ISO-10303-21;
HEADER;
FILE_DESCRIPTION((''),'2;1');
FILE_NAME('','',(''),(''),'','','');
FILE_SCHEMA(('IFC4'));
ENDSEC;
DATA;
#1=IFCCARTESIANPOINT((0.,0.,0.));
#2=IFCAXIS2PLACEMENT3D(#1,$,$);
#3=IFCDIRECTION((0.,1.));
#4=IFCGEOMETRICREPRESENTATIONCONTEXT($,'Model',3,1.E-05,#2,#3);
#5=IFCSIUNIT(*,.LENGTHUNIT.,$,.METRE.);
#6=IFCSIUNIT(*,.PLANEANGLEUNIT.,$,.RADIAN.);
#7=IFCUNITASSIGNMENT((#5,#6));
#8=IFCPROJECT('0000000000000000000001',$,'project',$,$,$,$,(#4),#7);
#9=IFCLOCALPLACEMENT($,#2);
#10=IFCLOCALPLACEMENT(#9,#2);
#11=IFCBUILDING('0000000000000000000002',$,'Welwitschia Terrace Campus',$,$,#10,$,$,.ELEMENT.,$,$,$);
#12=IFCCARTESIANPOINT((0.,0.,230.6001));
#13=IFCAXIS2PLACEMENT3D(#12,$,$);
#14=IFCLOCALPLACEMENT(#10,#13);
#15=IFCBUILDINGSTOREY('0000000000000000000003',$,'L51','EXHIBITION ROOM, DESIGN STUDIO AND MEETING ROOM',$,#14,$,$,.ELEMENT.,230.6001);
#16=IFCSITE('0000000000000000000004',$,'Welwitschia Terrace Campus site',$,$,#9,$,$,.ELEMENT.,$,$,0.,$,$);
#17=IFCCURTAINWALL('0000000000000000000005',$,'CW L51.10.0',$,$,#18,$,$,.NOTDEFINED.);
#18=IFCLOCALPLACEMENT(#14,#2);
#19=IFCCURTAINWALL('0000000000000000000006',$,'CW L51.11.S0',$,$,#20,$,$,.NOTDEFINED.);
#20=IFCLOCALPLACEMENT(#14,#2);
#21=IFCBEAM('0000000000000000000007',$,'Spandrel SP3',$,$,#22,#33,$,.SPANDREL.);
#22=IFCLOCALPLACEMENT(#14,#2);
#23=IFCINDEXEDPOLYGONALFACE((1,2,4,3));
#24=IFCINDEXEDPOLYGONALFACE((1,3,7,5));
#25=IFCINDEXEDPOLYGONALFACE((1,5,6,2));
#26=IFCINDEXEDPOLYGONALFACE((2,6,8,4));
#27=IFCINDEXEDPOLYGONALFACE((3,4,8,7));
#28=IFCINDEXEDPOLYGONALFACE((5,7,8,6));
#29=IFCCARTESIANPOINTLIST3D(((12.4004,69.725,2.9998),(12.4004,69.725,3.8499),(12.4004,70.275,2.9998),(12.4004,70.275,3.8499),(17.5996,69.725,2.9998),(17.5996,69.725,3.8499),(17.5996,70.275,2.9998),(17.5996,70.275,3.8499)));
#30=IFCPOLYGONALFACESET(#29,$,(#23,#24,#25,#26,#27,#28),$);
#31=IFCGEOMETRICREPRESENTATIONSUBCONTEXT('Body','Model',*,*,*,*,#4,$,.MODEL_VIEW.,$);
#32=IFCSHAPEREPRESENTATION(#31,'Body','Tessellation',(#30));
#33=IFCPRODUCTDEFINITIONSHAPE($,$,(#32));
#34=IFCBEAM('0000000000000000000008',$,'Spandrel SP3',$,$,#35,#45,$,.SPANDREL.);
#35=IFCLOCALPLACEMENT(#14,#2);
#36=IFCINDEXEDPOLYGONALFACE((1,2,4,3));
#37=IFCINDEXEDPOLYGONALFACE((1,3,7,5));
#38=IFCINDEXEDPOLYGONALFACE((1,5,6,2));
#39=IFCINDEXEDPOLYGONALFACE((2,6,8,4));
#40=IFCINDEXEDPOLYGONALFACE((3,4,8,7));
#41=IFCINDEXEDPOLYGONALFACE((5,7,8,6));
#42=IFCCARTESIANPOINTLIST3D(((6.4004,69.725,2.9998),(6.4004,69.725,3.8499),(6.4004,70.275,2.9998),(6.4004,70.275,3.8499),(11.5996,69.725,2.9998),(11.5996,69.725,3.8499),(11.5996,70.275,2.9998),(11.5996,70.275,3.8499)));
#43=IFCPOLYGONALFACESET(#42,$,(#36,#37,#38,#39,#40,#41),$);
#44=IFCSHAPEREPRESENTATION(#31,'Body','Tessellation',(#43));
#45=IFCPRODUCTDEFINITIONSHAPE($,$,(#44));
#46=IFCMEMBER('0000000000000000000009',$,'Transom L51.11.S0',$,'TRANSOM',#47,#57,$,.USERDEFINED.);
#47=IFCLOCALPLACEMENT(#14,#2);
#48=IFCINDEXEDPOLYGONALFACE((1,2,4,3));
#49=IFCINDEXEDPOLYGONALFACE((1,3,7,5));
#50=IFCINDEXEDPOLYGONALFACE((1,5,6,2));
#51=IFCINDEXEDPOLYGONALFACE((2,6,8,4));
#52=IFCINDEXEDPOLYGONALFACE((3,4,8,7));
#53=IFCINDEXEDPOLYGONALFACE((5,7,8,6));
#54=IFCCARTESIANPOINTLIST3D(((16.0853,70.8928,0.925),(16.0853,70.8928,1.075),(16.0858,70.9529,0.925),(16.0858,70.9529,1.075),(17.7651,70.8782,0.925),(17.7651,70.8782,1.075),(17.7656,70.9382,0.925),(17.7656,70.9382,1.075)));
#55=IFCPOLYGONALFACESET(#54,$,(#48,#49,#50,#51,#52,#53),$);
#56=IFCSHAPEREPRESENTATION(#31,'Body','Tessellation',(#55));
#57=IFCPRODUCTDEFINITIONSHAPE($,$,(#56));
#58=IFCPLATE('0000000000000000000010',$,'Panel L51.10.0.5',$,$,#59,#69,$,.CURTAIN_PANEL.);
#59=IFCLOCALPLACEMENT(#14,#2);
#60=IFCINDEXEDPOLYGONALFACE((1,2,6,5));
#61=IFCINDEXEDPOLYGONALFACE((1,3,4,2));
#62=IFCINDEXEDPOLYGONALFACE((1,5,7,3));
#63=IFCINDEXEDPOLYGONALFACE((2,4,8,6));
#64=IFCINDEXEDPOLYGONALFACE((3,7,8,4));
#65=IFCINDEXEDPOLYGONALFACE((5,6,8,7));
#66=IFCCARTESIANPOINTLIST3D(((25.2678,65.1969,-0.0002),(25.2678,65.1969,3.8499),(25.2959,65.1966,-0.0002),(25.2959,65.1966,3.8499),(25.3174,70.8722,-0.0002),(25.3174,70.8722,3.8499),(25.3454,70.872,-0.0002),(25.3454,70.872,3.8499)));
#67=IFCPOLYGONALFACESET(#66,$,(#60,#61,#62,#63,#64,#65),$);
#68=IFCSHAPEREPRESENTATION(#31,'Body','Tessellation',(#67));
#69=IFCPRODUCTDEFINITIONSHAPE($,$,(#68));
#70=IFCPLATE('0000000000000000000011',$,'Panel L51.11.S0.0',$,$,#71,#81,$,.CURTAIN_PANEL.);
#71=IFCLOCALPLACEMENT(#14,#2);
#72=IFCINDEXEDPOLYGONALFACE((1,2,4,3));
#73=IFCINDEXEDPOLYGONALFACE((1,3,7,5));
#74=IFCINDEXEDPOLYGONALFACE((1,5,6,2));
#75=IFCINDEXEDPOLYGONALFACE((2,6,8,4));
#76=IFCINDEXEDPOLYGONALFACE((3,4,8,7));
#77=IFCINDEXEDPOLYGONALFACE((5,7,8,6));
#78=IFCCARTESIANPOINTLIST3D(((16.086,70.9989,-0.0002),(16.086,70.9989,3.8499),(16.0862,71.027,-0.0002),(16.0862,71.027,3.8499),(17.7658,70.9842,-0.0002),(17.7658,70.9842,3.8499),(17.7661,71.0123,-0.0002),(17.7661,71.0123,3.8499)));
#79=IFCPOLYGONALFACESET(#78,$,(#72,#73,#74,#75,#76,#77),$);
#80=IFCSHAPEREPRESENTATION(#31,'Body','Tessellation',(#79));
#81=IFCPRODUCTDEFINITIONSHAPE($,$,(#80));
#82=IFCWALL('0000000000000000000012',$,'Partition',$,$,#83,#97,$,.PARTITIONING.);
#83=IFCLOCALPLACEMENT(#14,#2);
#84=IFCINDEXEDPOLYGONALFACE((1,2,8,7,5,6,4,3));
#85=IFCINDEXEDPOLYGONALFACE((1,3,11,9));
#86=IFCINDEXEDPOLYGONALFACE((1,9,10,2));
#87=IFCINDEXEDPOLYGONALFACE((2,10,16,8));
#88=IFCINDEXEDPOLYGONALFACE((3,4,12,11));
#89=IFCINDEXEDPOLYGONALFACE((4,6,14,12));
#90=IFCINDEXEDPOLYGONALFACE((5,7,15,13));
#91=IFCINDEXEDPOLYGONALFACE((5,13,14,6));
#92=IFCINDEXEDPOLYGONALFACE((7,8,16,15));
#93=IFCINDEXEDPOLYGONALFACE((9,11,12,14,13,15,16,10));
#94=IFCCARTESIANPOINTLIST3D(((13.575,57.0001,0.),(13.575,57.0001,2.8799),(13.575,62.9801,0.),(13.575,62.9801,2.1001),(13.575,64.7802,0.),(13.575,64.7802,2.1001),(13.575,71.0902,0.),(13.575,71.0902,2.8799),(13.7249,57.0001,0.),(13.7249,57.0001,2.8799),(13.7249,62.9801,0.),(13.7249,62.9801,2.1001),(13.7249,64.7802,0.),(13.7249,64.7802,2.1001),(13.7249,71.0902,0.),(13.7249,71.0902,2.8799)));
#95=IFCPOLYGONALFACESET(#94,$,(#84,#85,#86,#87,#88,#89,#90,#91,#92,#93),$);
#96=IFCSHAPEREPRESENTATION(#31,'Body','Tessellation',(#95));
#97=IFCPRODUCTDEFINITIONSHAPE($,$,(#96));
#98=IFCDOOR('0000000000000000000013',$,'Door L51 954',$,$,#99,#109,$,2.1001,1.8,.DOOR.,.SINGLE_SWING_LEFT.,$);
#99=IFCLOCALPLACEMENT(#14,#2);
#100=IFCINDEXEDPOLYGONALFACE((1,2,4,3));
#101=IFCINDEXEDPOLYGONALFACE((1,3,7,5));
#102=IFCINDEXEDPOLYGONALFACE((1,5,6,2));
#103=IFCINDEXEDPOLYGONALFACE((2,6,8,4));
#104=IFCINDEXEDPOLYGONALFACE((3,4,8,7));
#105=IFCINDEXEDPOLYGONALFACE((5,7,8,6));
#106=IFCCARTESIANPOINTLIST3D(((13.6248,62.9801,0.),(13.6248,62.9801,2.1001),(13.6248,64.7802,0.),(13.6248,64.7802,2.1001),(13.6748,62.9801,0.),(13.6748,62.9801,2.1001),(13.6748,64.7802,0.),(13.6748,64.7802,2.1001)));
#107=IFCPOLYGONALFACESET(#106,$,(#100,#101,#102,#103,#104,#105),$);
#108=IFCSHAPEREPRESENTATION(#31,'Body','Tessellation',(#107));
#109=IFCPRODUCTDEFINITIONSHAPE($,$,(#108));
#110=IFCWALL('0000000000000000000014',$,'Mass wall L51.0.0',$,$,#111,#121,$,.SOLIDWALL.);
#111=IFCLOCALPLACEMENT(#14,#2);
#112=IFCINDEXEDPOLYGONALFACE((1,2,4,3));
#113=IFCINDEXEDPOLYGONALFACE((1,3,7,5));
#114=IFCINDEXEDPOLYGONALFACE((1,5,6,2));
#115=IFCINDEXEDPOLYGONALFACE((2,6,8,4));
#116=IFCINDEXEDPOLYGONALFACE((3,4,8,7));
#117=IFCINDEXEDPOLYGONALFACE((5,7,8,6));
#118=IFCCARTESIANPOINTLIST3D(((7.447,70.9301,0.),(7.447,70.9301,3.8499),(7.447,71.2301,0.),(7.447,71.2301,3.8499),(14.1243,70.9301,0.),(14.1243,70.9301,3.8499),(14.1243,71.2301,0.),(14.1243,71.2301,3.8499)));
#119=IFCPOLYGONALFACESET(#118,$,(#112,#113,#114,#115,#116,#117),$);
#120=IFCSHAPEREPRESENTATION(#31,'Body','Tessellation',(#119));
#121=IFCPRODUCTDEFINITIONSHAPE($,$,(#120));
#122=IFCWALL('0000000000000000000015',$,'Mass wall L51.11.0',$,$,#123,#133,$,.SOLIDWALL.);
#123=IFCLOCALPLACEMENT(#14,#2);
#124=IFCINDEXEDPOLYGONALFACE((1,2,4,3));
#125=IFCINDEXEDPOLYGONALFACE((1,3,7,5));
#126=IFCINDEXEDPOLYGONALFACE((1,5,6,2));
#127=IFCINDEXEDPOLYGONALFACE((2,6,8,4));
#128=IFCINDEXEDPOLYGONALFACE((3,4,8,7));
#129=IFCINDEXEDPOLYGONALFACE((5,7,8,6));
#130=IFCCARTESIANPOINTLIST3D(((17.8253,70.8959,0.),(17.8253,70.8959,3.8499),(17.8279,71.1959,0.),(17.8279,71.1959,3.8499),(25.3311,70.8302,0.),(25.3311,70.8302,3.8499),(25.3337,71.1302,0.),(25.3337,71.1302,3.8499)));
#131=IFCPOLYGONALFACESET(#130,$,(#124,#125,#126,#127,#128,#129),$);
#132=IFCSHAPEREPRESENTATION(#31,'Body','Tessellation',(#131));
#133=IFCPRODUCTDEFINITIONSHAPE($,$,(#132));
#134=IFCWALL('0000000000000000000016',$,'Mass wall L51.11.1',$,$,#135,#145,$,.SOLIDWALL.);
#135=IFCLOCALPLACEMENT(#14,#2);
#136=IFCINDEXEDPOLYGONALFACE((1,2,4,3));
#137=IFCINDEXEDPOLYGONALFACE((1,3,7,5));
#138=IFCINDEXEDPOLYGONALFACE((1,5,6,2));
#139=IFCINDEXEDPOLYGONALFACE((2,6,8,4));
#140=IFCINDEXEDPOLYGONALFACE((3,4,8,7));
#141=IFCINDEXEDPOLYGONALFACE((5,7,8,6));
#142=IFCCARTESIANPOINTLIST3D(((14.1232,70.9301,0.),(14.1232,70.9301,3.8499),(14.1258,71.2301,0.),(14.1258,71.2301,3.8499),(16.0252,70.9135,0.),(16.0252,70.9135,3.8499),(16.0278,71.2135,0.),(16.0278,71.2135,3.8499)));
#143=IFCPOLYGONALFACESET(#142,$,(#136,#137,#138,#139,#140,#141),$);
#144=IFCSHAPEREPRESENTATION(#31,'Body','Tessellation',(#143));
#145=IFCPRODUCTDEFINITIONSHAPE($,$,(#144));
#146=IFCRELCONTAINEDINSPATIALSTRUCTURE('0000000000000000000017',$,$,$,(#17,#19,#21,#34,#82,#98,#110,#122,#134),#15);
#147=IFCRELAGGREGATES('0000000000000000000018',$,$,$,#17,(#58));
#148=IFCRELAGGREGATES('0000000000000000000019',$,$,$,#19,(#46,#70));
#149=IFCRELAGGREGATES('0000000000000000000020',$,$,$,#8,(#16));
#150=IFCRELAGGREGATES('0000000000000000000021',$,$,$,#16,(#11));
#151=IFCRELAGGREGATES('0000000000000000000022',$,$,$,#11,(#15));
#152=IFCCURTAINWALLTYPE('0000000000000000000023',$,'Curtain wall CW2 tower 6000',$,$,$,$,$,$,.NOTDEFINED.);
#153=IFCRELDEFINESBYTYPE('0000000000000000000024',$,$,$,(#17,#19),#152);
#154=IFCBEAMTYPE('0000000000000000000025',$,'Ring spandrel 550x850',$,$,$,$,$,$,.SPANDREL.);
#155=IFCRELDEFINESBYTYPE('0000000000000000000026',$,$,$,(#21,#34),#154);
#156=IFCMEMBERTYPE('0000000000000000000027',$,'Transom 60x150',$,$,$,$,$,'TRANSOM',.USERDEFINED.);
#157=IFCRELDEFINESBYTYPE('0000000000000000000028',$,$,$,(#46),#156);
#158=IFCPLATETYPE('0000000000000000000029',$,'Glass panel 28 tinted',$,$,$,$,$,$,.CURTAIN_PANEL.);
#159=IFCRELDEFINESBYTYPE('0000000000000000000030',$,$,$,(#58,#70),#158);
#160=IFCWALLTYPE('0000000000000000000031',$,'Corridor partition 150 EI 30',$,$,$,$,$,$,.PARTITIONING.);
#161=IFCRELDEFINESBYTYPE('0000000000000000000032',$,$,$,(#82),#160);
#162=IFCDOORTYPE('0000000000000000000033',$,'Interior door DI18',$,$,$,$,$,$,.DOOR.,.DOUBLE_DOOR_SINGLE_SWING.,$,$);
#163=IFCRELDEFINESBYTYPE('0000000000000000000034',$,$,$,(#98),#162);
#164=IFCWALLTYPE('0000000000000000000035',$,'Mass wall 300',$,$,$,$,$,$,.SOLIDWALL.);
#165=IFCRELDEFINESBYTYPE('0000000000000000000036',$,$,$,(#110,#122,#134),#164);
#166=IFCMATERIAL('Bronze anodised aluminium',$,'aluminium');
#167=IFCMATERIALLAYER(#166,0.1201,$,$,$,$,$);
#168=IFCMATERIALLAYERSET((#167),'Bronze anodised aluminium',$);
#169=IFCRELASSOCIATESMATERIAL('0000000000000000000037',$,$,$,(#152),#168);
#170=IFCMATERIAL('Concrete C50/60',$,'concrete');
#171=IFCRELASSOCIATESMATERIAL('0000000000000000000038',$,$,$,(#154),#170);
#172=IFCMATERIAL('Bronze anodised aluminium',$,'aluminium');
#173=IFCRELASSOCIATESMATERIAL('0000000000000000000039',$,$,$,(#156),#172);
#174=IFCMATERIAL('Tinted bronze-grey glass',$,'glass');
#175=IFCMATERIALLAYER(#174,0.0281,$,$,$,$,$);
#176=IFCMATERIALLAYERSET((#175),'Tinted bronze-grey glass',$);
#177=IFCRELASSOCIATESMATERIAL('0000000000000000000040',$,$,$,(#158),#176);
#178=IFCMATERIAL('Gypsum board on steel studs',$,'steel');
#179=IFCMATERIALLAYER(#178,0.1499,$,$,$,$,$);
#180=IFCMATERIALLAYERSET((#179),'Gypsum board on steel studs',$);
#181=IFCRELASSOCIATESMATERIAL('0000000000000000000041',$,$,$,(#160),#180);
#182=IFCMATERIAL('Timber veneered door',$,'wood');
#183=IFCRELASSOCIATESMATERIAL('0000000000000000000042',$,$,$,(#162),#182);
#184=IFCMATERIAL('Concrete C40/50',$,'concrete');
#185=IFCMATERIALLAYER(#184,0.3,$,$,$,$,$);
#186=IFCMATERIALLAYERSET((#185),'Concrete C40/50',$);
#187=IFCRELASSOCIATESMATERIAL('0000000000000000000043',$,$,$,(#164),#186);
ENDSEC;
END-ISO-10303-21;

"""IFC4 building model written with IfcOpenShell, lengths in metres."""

from ifc_helpers import new_model, si_unit, direction, frame, frame_2d, origin, origin_2d, place, context, subcontext, project, spatial, rectangle, extrude, material, layer, layer_set, material_profile, profile_set, type_object, element, fill, aggregate, save


model = new_model("IFC4")

# Units and contexts
model_context = context("Model", 3, precision=1e-05, world=origin(), true_north=direction((0.0, 1.0)))
body_context = subcontext(model_context, "Body", "Model", "MODEL_VIEW")
ifc_project = project(units=[si_unit("LENGTHUNIT", "METRE"), si_unit("PLANEANGLEUNIT", "RADIAN")], contexts=[model_context])

# Site, building, storey
site_placement = place(None, origin())
site = spatial("IfcSite", under=ifc_project, at=site_placement, Name="Welwitschia Terrace Campus site", CompositionType="ELEMENT", RefElevation=0.0)
building_placement = place(site_placement, origin())
building = spatial("IfcBuilding", under=site, at=building_placement, Name="Welwitschia Terrace Campus", CompositionType="ELEMENT")
storey_placement = place(building_placement, frame((0.0, 0.0, 230.6001)))
storey = spatial("IfcBuildingStorey", under=building, at=storey_placement, Name="L51", Description="EXHIBITION ROOM, DESIGN STUDIO AND MEETING ROOM", CompositionType="ELEMENT", Elevation=230.6001)

# Curtain walls
ifc_material_1 = material(Name="Bronze anodised aluminium", Category="aluminium")
ifc_layer_1 = layer(ifc_material_1, 0.1201)
ifc_layer_set_1 = layer_set([ifc_layer_1], Name="Bronze anodised aluminium")
curtain_wall_type = type_object("IfcCurtainWallType", Name="Curtain wall CW2 tower 6000", PredefinedType="NOTDEFINED", material=ifc_layer_set_1)
curtain_wall_1_placement = place(storey_placement, origin())
curtain_wall_1 = element("IfcCurtainWall", 1, at=curtain_wall_1_placement, inside=storey, type_object=curtain_wall_type, Name="CW L51.10.0", PredefinedType="NOTDEFINED")
curtain_wall_2_placement = place(storey_placement, origin())
curtain_wall_2 = element("IfcCurtainWall", 2, at=curtain_wall_2_placement, inside=storey, type_object=curtain_wall_type, Name="CW L51.11.S0", PredefinedType="NOTDEFINED")

# Beams
ifc_material_2 = material(Name="Concrete C50/60", Category="concrete")
ifc_material_profile_1 = material_profile(ifc_material_2, rectangle(XDim=0.55, YDim=0.8501, at=origin_2d()))
ifc_profile_set_1 = profile_set([ifc_material_profile_1], Name="Concrete C50/60")
beam_type_1 = type_object("IfcBeamType", Name="Ring spandrel 550x850", PredefinedType="SPANDREL", material=ifc_profile_set_1)
for number, where, z_axis, x_axis, name in (
    (3, (17.5996, 70.0, 3.4248), (-1.0, 0.0, 0.0), (0.0, -1.0, 0.0), "Spandrel SP3"),
    (4, (11.5996, 70.0, 3.4248), (-1.0, 0.0, 0.0), (0.0, -1.0, 0.0), "Spandrel SP3"),
):
    element("IfcBeam", number, at=place(storey_placement, frame(where, z_axis=z_axis, x_axis=x_axis)), inside=storey, type_object=beam_type_1, Name=name, PredefinedType="SPANDREL", context=body_context, shape_type="SweptSolid", body=[
        extrude(rectangle(XDim=0.55, YDim=0.8501, at=origin_2d()), origin(), (0.0, 0.0, 1.0), 5.1992),
    ])

# Member
ifc_material_3 = material(Name="Bronze anodised aluminium", Category="aluminium")
ifc_material_profile_2 = material_profile(ifc_material_3, rectangle(XDim=0.0601, YDim=0.1499, at=origin_2d()))
ifc_profile_set_2 = profile_set([ifc_material_profile_2], Name="Bronze anodised aluminium")
member_type_1 = type_object("IfcMemberType", Name="Transom 60x150", ElementType="TRANSOM", PredefinedType="USERDEFINED", material=ifc_profile_set_2)
member_1_placement = place(storey_placement, frame((17.7654, 70.9082, 1.0), z_axis=(-0.999962, 0.008719, 0.0), x_axis=(-0.008719, -0.999962, 0.0)))
member_1 = element("IfcMember", 5, at=member_1_placement, type_object=member_type_1, Name="Transom L51.11.S0", ObjectType="TRANSOM", PredefinedType="USERDEFINED", context=body_context, shape_type="SweptSolid", body=[
    extrude(rectangle(XDim=0.0601, YDim=0.1499, at=origin_2d()), origin(), (0.0, 0.0, 1.0), 1.6799),
])

# Plates
ifc_material_4 = material(Name="Tinted bronze-grey glass", Category="glass")
ifc_layer_2 = layer(ifc_material_4, 0.0281)
ifc_layer_set_2 = layer_set([ifc_layer_2], Name="Tinted bronze-grey glass")
plate_type = type_object("IfcPlateType", Name="Glass panel 28 tinted", PredefinedType="CURTAIN_PANEL", material=ifc_layer_set_2)
plate_1_placement = place(storey_placement, frame((25.3066, 68.0344, -0.0002), z_axis=(0.0, 0.0, 1.0), x_axis=(0.008727, 0.999962, 0.0)))
plate_1 = element("IfcPlate", 6, at=plate_1_placement, type_object=plate_type, Name="Panel L51.10.0.5", PredefinedType="CURTAIN_PANEL", context=body_context, shape_type="SweptSolid", body=[
    extrude(rectangle(XDim=5.6755, YDim=0.0281, at=origin_2d()), origin(), (0.0, 0.0, 1.0), 3.8501),
])
aggregate(curtain_wall_1, [plate_1])
plate_2_placement = place(storey_placement, frame((16.926, 71.0056, -0.0002), z_axis=(0.0, 0.0, 1.0), x_axis=(-0.999962, 0.008727, 0.0)))
plate_2 = element("IfcPlate", 7, at=plate_2_placement, type_object=plate_type, Name="Panel L51.11.S0.0", PredefinedType="CURTAIN_PANEL", context=body_context, shape_type="SweptSolid", body=[
    extrude(rectangle(XDim=1.6799, YDim=0.0281, at=origin_2d()), origin(), (0.0, 0.0, 1.0), 3.8501),
])
aggregate(curtain_wall_2, [member_1, plate_2])

# Wall, opening, door
ifc_material_5 = material(Name="Gypsum board on steel studs", Category="steel")
ifc_layer_3 = layer(ifc_material_5, 0.1499)
ifc_layer_set_3 = layer_set([ifc_layer_3], Name="Gypsum board on steel studs")
wall_type_1 = type_object("IfcWallType", Name="Corridor partition 150 EI 30", PredefinedType="PARTITIONING", material=ifc_layer_set_3)
wall_1_placement = place(storey_placement, frame((13.6499, 71.0901, 0.0), z_axis=(0.0, 0.0, 1.0), x_axis=(0.0, -1.0, 0.0)))
wall_1 = element("IfcWall", 8, at=wall_1_placement, inside=storey, type_object=wall_type_1, Name="Partition", PredefinedType="PARTITIONING", context=body_context, shape_type="SweptSolid", body=[
    extrude(rectangle(XDim=14.0901, YDim=0.1499, at=frame_2d((7.0449, 0.0))), origin(), (0.0, 0.0, 1.0), 2.8799),
])
opening_placement = place(wall_1_placement, frame((6.3101, 0.0, 0.0)))
opening = element("IfcOpeningElement", 9, at=opening_placement, cuts=wall_1, PredefinedType="OPENING", context=body_context, shape_type="SweptSolid", body=[
    extrude(rectangle(XDim=1.8, YDim=2.1001, at=frame_2d((0.8999, 1.05))), frame((0.0, 0.085, 0.0), z_axis=(0.0, -1.0, 0.0), x_axis=(1.0, 0.0, 0.0)), (0.0, 0.0, 1.0), 0.1699),
])
ifc_material_6 = material(Name="Timber veneered door", Category="wood")
door_type = type_object("IfcDoorType", Name="Interior door DI18", OperationType="DOUBLE_DOOR_SINGLE_SWING", PredefinedType="DOOR", material=ifc_material_6)
door_placement = place(opening_placement, origin())
door = element("IfcDoor", 10, at=door_placement, inside=storey, type_object=door_type, Name="Door L51 954", OperationType="SINGLE_SWING_LEFT", OverallHeight=2.1001, OverallWidth=1.8, PredefinedType="DOOR", context=body_context, shape_type="SweptSolid", body=[
    extrude(rectangle(XDim=1.8, YDim=2.1001, at=frame_2d((0.8999, 1.05))), frame((0.0, 0.0249, 0.0), z_axis=(0.0, -1.0, 0.0), x_axis=(1.0, 0.0, 0.0)), (0.0, 0.0, 1.0), 0.05),
])
fill(opening, door)

# Walls
ifc_material_7 = material(Name="Concrete C40/50", Category="concrete")
ifc_layer_4 = layer(ifc_material_7, 0.3)
ifc_layer_set_4 = layer_set([ifc_layer_4], Name="Concrete C40/50")
wall_type_2 = type_object("IfcWallType", Name="Mass wall 300", PredefinedType="SOLIDWALL", material=ifc_layer_set_4)
wall_2_placement = place(storey_placement, frame((14.1243, 71.0801, 0.0), z_axis=(0.0, 0.0, 1.0), x_axis=(-1.0, 0.0, 0.0)))
element("IfcWall", 11, at=wall_2_placement, inside=storey, type_object=wall_type_2, Name="Mass wall L51.0.0", PredefinedType="SOLIDWALL", context=body_context, shape_type="SweptSolid", body=[
    extrude(rectangle(XDim=6.6772, YDim=0.3, at=frame_2d((3.3386, 0.0))), origin(), (0.0, 0.0, 1.0), 3.8499),
])
wall_3_placement = place(storey_placement, frame((25.3323, 70.9802, 0.0), z_axis=(0.0, 0.0, 1.0), x_axis=(-0.999962, 0.008749, 0.0)))
element("IfcWall", 12, at=wall_3_placement, inside=storey, type_object=wall_type_2, Name="Mass wall L51.11.0", PredefinedType="SOLIDWALL", context=body_context, shape_type="SweptSolid", body=[
    extrude(rectangle(XDim=7.5061, YDim=0.3, at=frame_2d((3.7529, 0.0))), origin(), (0.0, 0.0, 1.0), 3.8499),
])
wall_4_placement = place(storey_placement, frame((16.0266, 71.0635, 0.0), z_axis=(0.0, 0.0, 1.0), x_axis=(-0.999962, 0.008728, 0.0)))
element("IfcWall", 13, at=wall_4_placement, inside=storey, type_object=wall_type_2, Name="Mass wall L51.11.1", PredefinedType="SOLIDWALL", context=body_context, shape_type="SweptSolid", body=[
    extrude(rectangle(XDim=1.9021, YDim=0.3, at=frame_2d((0.9512, 0.0))), origin(), (0.0, 0.0, 1.0), 3.8499),
])

save(model, "model.ifc")
